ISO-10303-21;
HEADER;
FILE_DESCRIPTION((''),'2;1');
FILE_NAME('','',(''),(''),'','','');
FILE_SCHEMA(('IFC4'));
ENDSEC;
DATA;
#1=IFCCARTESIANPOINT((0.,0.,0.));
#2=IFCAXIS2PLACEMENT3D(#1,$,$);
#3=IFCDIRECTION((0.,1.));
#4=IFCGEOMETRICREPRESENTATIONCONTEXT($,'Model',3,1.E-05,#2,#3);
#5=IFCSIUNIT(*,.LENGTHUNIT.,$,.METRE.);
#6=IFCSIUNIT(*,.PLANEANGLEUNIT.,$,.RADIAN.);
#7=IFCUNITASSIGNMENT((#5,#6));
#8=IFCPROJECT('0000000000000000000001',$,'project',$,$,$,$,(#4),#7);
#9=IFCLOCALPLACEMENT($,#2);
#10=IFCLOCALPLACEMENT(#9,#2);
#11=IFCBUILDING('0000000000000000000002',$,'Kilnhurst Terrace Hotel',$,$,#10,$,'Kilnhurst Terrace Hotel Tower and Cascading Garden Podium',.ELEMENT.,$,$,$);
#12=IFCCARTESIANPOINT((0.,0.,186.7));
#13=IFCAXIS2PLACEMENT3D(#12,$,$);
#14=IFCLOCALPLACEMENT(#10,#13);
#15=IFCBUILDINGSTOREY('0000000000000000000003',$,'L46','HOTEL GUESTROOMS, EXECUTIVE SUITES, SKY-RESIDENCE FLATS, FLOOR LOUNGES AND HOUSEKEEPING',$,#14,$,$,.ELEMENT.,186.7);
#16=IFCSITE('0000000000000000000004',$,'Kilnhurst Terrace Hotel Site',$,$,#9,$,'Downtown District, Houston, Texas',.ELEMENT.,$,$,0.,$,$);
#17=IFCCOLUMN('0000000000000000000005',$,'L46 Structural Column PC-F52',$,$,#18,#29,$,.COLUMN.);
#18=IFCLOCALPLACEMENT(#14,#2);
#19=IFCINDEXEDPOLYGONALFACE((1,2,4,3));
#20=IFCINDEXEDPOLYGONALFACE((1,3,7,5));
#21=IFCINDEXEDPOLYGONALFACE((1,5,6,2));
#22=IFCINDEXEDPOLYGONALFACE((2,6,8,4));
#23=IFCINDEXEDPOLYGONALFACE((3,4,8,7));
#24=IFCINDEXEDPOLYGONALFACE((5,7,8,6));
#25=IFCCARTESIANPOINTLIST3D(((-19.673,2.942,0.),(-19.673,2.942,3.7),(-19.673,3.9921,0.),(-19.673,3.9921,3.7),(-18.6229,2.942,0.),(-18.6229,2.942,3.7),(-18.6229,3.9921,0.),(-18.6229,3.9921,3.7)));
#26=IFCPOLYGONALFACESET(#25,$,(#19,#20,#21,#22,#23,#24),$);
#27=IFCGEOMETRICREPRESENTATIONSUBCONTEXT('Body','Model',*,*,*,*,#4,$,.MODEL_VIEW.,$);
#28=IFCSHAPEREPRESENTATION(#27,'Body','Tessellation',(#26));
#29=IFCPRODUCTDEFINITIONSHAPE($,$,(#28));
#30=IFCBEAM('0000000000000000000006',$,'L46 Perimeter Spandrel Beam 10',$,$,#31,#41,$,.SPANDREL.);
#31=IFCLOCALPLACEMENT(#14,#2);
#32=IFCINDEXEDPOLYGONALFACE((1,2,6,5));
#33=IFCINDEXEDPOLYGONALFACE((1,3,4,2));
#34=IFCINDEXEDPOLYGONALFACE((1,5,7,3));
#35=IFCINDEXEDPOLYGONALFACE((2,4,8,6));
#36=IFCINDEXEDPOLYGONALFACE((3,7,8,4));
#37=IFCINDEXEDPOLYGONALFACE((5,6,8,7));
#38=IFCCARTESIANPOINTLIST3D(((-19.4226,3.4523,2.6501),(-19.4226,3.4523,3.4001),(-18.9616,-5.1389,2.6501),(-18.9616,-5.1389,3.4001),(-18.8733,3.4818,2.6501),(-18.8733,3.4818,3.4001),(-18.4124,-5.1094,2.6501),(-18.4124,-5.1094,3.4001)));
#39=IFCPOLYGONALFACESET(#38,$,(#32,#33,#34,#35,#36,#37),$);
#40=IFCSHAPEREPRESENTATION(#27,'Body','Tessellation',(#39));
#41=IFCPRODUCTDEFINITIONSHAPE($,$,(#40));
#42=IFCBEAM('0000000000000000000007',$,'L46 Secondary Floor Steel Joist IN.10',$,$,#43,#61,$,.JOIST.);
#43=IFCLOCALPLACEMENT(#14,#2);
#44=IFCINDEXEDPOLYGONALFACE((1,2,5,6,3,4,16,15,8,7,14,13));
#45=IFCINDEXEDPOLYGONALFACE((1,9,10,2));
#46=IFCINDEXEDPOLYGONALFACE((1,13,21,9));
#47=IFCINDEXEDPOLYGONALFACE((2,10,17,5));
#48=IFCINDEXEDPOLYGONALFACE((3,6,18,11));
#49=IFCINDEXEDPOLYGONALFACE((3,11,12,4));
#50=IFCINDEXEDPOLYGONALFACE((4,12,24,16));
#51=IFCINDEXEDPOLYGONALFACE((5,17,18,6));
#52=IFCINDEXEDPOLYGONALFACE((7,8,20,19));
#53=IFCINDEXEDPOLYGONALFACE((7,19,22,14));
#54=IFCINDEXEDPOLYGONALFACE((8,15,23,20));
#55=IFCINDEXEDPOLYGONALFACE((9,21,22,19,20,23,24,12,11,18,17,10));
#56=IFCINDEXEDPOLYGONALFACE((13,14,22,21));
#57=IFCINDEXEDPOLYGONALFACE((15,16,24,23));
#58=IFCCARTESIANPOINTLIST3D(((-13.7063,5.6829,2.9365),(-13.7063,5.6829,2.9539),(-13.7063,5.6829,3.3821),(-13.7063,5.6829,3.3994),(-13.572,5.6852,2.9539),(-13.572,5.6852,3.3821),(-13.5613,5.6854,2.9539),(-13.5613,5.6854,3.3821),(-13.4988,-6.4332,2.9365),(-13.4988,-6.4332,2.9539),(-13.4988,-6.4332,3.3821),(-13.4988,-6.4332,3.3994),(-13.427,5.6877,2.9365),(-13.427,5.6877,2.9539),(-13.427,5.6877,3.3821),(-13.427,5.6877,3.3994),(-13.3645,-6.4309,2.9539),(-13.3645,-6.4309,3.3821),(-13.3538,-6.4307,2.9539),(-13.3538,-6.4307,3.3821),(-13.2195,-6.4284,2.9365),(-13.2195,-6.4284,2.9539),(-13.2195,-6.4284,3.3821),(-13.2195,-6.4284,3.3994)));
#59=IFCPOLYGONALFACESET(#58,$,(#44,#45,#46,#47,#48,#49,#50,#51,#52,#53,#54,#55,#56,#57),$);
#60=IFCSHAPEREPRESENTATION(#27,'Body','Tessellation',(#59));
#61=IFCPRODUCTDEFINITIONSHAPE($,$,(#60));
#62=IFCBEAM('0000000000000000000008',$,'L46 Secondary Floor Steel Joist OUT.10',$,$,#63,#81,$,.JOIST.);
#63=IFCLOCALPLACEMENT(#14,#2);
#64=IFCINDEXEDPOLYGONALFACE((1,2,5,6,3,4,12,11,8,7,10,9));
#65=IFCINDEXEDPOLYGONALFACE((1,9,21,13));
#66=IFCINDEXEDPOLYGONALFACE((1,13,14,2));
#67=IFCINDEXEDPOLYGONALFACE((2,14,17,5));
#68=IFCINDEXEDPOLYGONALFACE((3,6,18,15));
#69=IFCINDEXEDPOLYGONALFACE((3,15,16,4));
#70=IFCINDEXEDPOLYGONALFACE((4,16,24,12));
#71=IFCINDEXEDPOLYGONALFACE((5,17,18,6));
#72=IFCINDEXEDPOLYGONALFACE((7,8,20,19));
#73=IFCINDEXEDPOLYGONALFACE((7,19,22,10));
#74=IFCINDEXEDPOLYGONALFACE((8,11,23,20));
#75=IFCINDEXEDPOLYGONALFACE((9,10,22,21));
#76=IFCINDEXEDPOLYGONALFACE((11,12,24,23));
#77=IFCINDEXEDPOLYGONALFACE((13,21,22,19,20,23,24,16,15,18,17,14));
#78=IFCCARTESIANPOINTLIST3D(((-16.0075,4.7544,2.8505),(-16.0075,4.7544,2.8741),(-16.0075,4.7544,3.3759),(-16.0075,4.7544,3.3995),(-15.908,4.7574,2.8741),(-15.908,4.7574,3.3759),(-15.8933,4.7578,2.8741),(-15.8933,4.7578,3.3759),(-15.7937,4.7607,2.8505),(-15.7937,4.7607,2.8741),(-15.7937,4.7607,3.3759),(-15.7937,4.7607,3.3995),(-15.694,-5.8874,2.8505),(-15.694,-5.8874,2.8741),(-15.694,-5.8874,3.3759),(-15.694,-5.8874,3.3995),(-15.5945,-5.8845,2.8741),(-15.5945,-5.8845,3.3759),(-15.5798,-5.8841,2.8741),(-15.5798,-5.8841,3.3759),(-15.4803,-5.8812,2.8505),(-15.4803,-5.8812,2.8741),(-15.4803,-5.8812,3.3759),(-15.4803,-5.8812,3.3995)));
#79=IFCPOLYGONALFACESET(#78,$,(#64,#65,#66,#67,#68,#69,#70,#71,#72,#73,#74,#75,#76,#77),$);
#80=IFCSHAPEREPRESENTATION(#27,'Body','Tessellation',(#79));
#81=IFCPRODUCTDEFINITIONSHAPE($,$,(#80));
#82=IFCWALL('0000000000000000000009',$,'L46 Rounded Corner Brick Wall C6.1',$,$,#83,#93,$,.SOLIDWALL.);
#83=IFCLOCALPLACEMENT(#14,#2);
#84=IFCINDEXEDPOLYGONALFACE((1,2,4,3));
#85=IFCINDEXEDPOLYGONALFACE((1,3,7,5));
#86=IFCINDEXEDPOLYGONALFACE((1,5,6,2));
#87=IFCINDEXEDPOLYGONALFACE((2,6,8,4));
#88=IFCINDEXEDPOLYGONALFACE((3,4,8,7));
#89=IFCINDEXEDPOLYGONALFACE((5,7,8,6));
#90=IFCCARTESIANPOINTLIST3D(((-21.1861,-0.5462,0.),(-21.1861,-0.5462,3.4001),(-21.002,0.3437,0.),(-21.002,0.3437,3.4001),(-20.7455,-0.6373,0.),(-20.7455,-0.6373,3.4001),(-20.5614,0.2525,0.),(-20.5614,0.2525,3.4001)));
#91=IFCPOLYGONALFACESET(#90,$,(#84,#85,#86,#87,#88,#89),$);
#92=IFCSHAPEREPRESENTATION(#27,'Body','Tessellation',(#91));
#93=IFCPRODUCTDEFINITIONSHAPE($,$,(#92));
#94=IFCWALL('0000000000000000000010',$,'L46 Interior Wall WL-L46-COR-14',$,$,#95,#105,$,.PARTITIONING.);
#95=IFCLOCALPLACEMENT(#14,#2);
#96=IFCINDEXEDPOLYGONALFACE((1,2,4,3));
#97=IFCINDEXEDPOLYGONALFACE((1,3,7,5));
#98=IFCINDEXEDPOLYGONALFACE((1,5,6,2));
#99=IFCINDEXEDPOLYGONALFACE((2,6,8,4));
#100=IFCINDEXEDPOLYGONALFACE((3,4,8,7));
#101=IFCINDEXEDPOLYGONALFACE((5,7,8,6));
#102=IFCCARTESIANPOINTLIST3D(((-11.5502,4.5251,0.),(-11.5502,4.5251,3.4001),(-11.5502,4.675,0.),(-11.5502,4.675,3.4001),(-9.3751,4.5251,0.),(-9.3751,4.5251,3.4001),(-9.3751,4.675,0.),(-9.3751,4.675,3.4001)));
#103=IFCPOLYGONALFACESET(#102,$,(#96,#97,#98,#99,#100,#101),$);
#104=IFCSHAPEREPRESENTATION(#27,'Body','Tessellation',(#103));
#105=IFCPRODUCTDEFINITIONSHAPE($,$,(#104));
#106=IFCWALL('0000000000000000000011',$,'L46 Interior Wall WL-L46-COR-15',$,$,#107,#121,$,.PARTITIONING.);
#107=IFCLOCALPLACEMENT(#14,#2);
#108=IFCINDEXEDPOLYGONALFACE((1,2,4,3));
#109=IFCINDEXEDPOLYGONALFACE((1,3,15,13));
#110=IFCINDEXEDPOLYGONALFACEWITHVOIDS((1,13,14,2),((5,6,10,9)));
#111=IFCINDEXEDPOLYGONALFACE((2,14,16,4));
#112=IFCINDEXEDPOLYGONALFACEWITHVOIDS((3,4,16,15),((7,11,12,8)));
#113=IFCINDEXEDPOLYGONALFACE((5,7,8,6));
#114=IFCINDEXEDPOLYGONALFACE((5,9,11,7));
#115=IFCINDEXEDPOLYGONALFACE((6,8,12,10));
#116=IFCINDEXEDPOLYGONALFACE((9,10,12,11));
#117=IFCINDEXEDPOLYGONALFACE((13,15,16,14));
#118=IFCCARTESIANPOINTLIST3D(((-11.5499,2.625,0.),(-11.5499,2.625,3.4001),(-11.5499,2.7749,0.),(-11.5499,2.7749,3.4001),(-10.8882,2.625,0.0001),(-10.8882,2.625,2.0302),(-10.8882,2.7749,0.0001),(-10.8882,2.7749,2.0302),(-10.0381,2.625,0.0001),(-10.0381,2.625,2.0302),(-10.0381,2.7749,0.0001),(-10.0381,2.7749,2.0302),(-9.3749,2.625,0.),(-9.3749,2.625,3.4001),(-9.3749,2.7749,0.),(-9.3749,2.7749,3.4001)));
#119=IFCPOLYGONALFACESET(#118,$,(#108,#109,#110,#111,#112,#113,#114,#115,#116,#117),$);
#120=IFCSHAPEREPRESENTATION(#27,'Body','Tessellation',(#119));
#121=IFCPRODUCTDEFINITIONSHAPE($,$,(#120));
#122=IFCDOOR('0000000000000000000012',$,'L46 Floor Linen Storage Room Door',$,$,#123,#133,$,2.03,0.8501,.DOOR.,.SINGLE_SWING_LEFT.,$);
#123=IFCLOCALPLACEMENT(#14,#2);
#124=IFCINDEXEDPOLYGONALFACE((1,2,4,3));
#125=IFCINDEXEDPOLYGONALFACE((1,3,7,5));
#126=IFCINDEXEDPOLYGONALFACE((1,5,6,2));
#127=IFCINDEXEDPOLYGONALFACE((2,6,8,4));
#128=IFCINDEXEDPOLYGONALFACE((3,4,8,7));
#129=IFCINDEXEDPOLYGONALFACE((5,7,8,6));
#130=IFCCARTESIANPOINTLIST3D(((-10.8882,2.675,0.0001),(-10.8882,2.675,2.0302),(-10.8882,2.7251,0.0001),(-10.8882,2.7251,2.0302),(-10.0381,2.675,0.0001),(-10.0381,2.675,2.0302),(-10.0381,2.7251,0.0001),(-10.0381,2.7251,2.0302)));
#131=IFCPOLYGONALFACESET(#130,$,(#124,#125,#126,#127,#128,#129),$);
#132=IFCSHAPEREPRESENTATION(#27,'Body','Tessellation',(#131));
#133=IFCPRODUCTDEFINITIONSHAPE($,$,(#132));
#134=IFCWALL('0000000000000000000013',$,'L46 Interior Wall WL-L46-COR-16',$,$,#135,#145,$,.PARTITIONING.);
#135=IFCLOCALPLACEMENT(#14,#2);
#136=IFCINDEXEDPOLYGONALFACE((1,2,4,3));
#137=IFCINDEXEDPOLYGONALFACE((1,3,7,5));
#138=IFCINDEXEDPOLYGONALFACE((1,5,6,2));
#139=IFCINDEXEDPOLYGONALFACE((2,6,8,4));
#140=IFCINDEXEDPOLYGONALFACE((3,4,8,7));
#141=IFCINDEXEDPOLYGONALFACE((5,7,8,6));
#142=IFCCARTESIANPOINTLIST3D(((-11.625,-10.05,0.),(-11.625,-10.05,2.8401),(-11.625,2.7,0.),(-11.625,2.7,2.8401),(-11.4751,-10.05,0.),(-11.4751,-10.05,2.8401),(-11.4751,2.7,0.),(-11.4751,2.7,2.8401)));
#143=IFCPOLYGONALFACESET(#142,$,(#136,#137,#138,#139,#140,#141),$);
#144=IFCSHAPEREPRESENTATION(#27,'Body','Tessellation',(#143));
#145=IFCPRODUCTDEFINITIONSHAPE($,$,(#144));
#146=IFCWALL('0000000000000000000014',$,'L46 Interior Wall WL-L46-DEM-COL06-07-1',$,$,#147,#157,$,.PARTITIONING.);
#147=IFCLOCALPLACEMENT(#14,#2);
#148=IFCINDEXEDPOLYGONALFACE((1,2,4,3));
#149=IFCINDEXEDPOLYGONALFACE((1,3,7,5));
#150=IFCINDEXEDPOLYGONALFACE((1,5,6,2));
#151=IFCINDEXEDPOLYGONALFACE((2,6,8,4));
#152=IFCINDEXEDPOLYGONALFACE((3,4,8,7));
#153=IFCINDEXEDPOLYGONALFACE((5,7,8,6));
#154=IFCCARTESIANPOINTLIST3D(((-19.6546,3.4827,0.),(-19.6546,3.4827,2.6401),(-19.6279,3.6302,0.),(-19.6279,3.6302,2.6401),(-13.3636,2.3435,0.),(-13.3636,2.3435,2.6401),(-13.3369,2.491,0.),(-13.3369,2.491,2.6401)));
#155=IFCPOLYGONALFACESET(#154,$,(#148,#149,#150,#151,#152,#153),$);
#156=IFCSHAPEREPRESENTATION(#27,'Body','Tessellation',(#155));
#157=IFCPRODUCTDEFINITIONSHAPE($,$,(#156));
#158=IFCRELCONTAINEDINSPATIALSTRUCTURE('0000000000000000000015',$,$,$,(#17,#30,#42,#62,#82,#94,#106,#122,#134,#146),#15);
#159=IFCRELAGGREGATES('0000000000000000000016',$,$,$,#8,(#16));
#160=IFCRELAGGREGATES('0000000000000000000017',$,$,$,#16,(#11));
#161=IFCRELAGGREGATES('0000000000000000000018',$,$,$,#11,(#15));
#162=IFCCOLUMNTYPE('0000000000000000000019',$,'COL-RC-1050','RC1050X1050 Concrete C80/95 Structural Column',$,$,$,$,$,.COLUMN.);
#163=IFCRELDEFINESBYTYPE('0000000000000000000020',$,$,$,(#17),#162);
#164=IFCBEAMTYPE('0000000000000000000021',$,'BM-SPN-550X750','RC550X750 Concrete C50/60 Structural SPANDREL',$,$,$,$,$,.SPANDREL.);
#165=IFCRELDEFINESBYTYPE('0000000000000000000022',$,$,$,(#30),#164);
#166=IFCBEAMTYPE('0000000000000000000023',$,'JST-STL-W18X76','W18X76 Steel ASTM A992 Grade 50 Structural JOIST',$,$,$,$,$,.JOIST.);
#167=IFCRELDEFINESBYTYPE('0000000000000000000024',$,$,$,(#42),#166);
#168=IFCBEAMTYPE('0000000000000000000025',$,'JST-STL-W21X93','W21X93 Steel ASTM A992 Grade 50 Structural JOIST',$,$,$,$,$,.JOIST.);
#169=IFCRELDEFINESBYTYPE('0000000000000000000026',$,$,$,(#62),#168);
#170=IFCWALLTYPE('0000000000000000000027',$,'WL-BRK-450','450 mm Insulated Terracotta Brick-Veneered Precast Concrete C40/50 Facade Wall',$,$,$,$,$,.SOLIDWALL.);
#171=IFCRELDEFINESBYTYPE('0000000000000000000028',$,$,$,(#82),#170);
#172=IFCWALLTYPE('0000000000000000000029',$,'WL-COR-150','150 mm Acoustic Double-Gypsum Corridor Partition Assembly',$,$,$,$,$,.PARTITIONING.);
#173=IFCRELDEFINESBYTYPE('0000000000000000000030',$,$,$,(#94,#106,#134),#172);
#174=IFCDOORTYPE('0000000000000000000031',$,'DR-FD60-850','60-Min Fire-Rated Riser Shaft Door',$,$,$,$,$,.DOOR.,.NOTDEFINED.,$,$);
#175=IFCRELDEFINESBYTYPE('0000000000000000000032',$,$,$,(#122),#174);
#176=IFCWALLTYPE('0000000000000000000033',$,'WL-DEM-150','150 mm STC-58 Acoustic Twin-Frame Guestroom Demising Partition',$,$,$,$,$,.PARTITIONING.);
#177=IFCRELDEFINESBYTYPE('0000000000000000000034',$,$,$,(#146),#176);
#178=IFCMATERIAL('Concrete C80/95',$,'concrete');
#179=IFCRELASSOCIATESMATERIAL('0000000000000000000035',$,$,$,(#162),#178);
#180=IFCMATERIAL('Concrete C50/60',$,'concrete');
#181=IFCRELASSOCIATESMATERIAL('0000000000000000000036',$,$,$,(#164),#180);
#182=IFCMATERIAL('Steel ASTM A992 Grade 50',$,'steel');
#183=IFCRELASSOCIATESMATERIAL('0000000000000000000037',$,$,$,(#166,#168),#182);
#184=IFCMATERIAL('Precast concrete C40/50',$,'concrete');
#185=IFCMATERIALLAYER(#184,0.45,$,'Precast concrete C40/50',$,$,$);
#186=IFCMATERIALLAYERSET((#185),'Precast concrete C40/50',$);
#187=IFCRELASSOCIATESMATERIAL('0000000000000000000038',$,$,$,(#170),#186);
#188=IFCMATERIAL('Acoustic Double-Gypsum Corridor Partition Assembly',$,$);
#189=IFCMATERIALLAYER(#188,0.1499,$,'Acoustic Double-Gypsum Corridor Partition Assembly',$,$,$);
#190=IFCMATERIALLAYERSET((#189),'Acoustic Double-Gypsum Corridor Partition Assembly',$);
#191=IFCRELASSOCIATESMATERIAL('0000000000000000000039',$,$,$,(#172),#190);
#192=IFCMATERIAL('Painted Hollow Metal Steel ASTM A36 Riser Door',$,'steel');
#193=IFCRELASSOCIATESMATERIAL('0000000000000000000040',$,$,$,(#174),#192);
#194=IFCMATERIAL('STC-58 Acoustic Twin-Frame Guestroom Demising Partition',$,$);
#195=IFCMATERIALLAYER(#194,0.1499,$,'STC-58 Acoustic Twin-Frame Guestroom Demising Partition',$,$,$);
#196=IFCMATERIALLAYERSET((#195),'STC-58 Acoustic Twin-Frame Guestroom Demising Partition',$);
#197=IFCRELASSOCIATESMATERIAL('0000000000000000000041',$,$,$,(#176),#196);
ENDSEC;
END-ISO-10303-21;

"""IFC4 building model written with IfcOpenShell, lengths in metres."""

from ifc_helpers import new_model, si_unit, direction, frame, frame_2d, origin, origin_2d, place, context, subcontext, project, spatial, rectangle, i_section, extrude, material, layer, layer_set, material_profile, profile_set, type_object, element, fill, save


model = new_model("IFC4")

# Units and contexts
model_context = context("Model", 3, precision=1e-05, world=origin(), true_north=direction((0.0, 1.0)))
body_context = subcontext(model_context, "Body", "Model", "MODEL_VIEW")
ifc_project = project(units=[si_unit("LENGTHUNIT", "METRE"), si_unit("PLANEANGLEUNIT", "RADIAN")], contexts=[model_context])

# Site, building, storey
site_placement = place(None, origin())
site = spatial("IfcSite", under=ifc_project, at=site_placement, Name="Kilnhurst Terrace Hotel Site", LongName="Downtown District, Houston, Texas", CompositionType="ELEMENT", RefElevation=0.0)
building_placement = place(site_placement, origin())
building = spatial("IfcBuilding", under=site, at=building_placement, Name="Kilnhurst Terrace Hotel", LongName="Kilnhurst Terrace Hotel Tower and Cascading Garden Podium", CompositionType="ELEMENT")
storey_placement = place(building_placement, frame((0.0, 0.0, 186.7)))
storey = spatial("IfcBuildingStorey", under=building, at=storey_placement, Name="L46", Description="HOTEL GUESTROOMS, EXECUTIVE SUITES, SKY-RESIDENCE FLATS, FLOOR LOUNGES AND HOUSEKEEPING", CompositionType="ELEMENT", Elevation=186.7)

# Column
ifc_material_1 = material(Name="Concrete C80/95", Category="concrete")
ifc_material_profile_1 = material_profile(ifc_material_1, rectangle(XDim=1.05, YDim=1.05, at=origin_2d()), Name="RC1050X1050")
ifc_profile_set_1 = profile_set([ifc_material_profile_1], Name="Concrete C80/95")
column_type = type_object("IfcColumnType", Name="COL-RC-1050", Description="RC1050X1050 Concrete C80/95 Structural Column", PredefinedType="COLUMN", material=ifc_profile_set_1)
column_placement = place(storey_placement, frame((-19.1479, 3.467, 0.0), z_axis=(0.0, 0.0, 1.0), x_axis=(1.0, 0.0, 0.0)))
element("IfcColumn", 1, at=column_placement, inside=storey, type_object=column_type, Name="L46 Structural Column PC-F52", PredefinedType="COLUMN", context=body_context, shape_type="SweptSolid", body=[
    extrude(rectangle(XDim=1.05, YDim=1.05, at=origin_2d()), origin(), (0.0, 0.0, 1.0), 3.7),
])

# Beams
ifc_material_2 = material(Name="Concrete C50/60", Category="concrete")
ifc_material_profile_2 = material_profile(ifc_material_2, rectangle(XDim=0.55, YDim=0.75, at=origin_2d()), Name="RC550X750")
ifc_profile_set_2 = profile_set([ifc_material_profile_2], Name="Concrete C50/60")
beam_type_1 = type_object("IfcBeamType", Name="BM-SPN-550X750", Description="RC550X750 Concrete C50/60 Structural SPANDREL", PredefinedType="SPANDREL", material=ifc_profile_set_2)
beam_1_placement = place(storey_placement, frame((-19.1479, 3.467, 3.0251), z_axis=(0.053576, -0.998564, 0.0), x_axis=(0.998564, 0.053576, 0.0)))
element("IfcBeam", 2, at=beam_1_placement, inside=storey, type_object=beam_type_1, Name="L46 Perimeter Spandrel Beam 10", PredefinedType="SPANDREL", context=body_context, shape_type="SweptSolid", body=[
    extrude(rectangle(XDim=0.55, YDim=0.75, at=origin_2d()), origin(), (0.0, 0.0, 1.0), 8.6035),
])
ifc_material_3 = material(Name="Steel ASTM A992 Grade 50", Category="steel")
ifc_material_profile_3 = material_profile(ifc_material_3, i_section(OverallWidth=0.2793, OverallDepth=0.4629, WebThickness=0.0107, FlangeThickness=0.0173, at=origin_2d()), Name="W18X76")
ifc_profile_set_3 = profile_set([ifc_material_profile_3], Name="Steel ASTM A992 Grade 50")
beam_type_2 = type_object("IfcBeamType", Name="JST-STL-W18X76", Description="W18X76 Steel ASTM A992 Grade 50 Structural JOIST", PredefinedType="JOIST", material=ifc_profile_set_3)
beam_2_placement = place(storey_placement, frame((-13.5667, 5.6853, 3.168), z_axis=(0.017125, -0.999853, 0.0), x_axis=(0.999853, 0.017125, 0.0)))
element("IfcBeam", 3, at=beam_2_placement, inside=storey, type_object=beam_type_2, Name="L46 Secondary Floor Steel Joist IN.10", PredefinedType="JOIST", context=body_context, shape_type="SweptSolid", body=[
    extrude(i_section(OverallWidth=0.2793, OverallDepth=0.4629, WebThickness=0.0107, FlangeThickness=0.0173, at=origin_2d()), origin(), (0.0, 0.0, 1.0), 12.1179),
])
ifc_material_profile_4 = material_profile(ifc_material_3, i_section(OverallWidth=0.2139, OverallDepth=0.5491, WebThickness=0.0146, FlangeThickness=0.0237, at=origin_2d()), Name="W21X93")
ifc_profile_set_4 = profile_set([ifc_material_profile_4], Name="Steel ASTM A992 Grade 50")
beam_type_3 = type_object("IfcBeamType", Name="JST-STL-W21X93", Description="W21X93 Steel ASTM A992 Grade 50 Structural JOIST", PredefinedType="JOIST", material=ifc_profile_set_4)
beam_3_placement = place(storey_placement, frame((-15.9006, 4.7576, 3.125), z_axis=(0.029444, -0.999566, 0.0), x_axis=(0.999566, 0.029444, 0.0)))
element("IfcBeam", 4, at=beam_3_placement, inside=storey, type_object=beam_type_3, Name="L46 Secondary Floor Steel Joist OUT.10", PredefinedType="JOIST", context=body_context, shape_type="SweptSolid", body=[
    extrude(i_section(OverallWidth=0.2139, OverallDepth=0.5491, WebThickness=0.0146, FlangeThickness=0.0237, at=origin_2d()), origin(), (0.0, 0.0, 1.0), 10.6465),
])

# Walls
ifc_material_4 = material(Name="Precast concrete C40/50", Category="concrete")
ifc_layer_1 = layer(ifc_material_4, 0.45, Name="Precast concrete C40/50")
ifc_layer_set_1 = layer_set([ifc_layer_1], Name="Precast concrete C40/50")
wall_type_1 = type_object("IfcWallType", Name="WL-BRK-450", Description="450 mm Insulated Terracotta Brick-Veneered Precast Concrete C40/50 Facade Wall", PredefinedType="SOLIDWALL", material=ifc_layer_set_1)
wall_1_placement = place(storey_placement, frame((-20.7817, 0.2981, 0.0), z_axis=(0.0, 0.0, 1.0), x_axis=(-0.20257, -0.979268, 0.0)))
element("IfcWall", 5, at=wall_1_placement, inside=storey, type_object=wall_type_1, Name="L46 Rounded Corner Brick Wall C6.1", PredefinedType="SOLIDWALL", context=body_context, shape_type="SweptSolid", body=[
    extrude(rectangle(XDim=0.9087, YDim=0.45, at=frame_2d((0.4543, 0.0))), origin(), (0.0, 0.0, 1.0), 3.4001),
])
ifc_material_5 = material(Name="Acoustic Double-Gypsum Corridor Partition Assembly")
ifc_layer_2 = layer(ifc_material_5, 0.1499, Name="Acoustic Double-Gypsum Corridor Partition Assembly")
ifc_layer_set_2 = layer_set([ifc_layer_2], Name="Acoustic Double-Gypsum Corridor Partition Assembly")
wall_type_2 = type_object("IfcWallType", Name="WL-COR-150", Description="150 mm Acoustic Double-Gypsum Corridor Partition Assembly", PredefinedType="PARTITIONING", material=ifc_layer_set_2)
wall_2_placement = place(storey_placement, frame((-11.55, 4.6001, 0.0), z_axis=(0.0, 0.0, 1.0), x_axis=(1.0, 0.0, 0.0)))
element("IfcWall", 6, at=wall_2_placement, inside=storey, type_object=wall_type_2, Name="L46 Interior Wall WL-L46-COR-14", PredefinedType="PARTITIONING", context=body_context, shape_type="SweptSolid", body=[
    extrude(rectangle(XDim=2.175, YDim=0.1499, at=frame_2d((1.0874, 0.0))), origin(), (0.0, 0.0, 1.0), 3.4001),
])

# Wall, opening, door
wall_3_placement = place(storey_placement, frame((-9.375, 2.7, 0.0), z_axis=(0.0, 0.0, 1.0), x_axis=(-1.0, 0.0, 0.0)))
wall_3 = element("IfcWall", 7, at=wall_3_placement, inside=storey, type_object=wall_type_2, Name="L46 Interior Wall WL-L46-COR-15", PredefinedType="PARTITIONING", context=body_context, shape_type="SweptSolid", body=[
    extrude(rectangle(XDim=2.175, YDim=0.1499, at=frame_2d((1.0874, 0.0))), origin(), (0.0, 0.0, 1.0), 3.4001),
])
opening_1_placement = place(wall_3_placement, frame((0.6631, 0.0, 0.0)))
opening_1 = element("IfcOpeningElement", 8, at=opening_1_placement, cuts=wall_3, PredefinedType="OPENING", context=body_context, shape_type="SweptSolid", body=[
    extrude(rectangle(XDim=0.8501, YDim=2.03, at=frame_2d((0.425, 1.0151))), frame((0.0, 0.085, 0.0), z_axis=(0.0, -1.0, 0.0), x_axis=(1.0, 0.0, 0.0)), (0.0, 0.0, 1.0), 0.1699),
])
ifc_material_6 = material(Name="Painted Hollow Metal Steel ASTM A36 Riser Door", Category="steel")
door_type_1 = type_object("IfcDoorType", Name="DR-FD60-850", Description="60-Min Fire-Rated Riser Shaft Door", OperationType="NOTDEFINED", PredefinedType="DOOR", material=ifc_material_6)
door_1_placement = place(opening_1_placement, origin())
door_1 = element("IfcDoor", 9, at=door_1_placement, inside=storey, type_object=door_type_1, Name="L46 Floor Linen Storage Room Door", OperationType="SINGLE_SWING_LEFT", OverallHeight=2.03, OverallWidth=0.8501, PredefinedType="DOOR", context=body_context, shape_type="SweptSolid", body=[
    extrude(rectangle(XDim=0.8501, YDim=2.03, at=frame_2d((0.425, 1.0151))), frame((0.0, 0.0249, 0.0), z_axis=(0.0, -1.0, 0.0), x_axis=(1.0, 0.0, 0.0)), (0.0, 0.0, 1.0), 0.05),
])
fill(opening_1, door_1)

# Walls
wall_4_placement = place(storey_placement, frame((-11.55, 2.7, 0.0), z_axis=(0.0, 0.0, 1.0), x_axis=(0.0, -1.0, 0.0)))
element("IfcWall", 10, at=wall_4_placement, inside=storey, type_object=wall_type_2, Name="L46 Interior Wall WL-L46-COR-16", PredefinedType="PARTITIONING", context=body_context, shape_type="SweptSolid", body=[
    extrude(rectangle(XDim=12.75, YDim=0.1499, at=frame_2d((6.375, 0.0))), origin(), (0.0, 0.0, 1.0), 2.8401),
])
ifc_material_7 = material(Name="STC-58 Acoustic Twin-Frame Guestroom Demising Partition")
ifc_layer_3 = layer(ifc_material_7, 0.1499, Name="STC-58 Acoustic Twin-Frame Guestroom Demising Partition")
ifc_layer_set_3 = layer_set([ifc_layer_3], Name="STC-58 Acoustic Twin-Frame Guestroom Demising Partition")
wall_type_3 = type_object("IfcWallType", Name="WL-DEM-150", Description="150 mm STC-58 Acoustic Twin-Frame Guestroom Demising Partition", PredefinedType="PARTITIONING", material=ifc_layer_set_3)
wall_5_placement = place(storey_placement, frame((-13.3501, 2.4172, 0.0), z_axis=(0.0, 0.0, 1.0), x_axis=(-0.983998, 0.17818, 0.0)))
element("IfcWall", 11, at=wall_5_placement, inside=storey, type_object=wall_type_3, Name="L46 Interior Wall WL-L46-DEM-COL06-07-1", PredefinedType="PARTITIONING", context=body_context, shape_type="SweptSolid", body=[
    extrude(rectangle(XDim=6.3933, YDim=0.1499, at=frame_2d((3.1968, 0.0))), origin(), (0.0, 0.0, 1.0), 2.6401),
])

save(model, "model.ifc")
